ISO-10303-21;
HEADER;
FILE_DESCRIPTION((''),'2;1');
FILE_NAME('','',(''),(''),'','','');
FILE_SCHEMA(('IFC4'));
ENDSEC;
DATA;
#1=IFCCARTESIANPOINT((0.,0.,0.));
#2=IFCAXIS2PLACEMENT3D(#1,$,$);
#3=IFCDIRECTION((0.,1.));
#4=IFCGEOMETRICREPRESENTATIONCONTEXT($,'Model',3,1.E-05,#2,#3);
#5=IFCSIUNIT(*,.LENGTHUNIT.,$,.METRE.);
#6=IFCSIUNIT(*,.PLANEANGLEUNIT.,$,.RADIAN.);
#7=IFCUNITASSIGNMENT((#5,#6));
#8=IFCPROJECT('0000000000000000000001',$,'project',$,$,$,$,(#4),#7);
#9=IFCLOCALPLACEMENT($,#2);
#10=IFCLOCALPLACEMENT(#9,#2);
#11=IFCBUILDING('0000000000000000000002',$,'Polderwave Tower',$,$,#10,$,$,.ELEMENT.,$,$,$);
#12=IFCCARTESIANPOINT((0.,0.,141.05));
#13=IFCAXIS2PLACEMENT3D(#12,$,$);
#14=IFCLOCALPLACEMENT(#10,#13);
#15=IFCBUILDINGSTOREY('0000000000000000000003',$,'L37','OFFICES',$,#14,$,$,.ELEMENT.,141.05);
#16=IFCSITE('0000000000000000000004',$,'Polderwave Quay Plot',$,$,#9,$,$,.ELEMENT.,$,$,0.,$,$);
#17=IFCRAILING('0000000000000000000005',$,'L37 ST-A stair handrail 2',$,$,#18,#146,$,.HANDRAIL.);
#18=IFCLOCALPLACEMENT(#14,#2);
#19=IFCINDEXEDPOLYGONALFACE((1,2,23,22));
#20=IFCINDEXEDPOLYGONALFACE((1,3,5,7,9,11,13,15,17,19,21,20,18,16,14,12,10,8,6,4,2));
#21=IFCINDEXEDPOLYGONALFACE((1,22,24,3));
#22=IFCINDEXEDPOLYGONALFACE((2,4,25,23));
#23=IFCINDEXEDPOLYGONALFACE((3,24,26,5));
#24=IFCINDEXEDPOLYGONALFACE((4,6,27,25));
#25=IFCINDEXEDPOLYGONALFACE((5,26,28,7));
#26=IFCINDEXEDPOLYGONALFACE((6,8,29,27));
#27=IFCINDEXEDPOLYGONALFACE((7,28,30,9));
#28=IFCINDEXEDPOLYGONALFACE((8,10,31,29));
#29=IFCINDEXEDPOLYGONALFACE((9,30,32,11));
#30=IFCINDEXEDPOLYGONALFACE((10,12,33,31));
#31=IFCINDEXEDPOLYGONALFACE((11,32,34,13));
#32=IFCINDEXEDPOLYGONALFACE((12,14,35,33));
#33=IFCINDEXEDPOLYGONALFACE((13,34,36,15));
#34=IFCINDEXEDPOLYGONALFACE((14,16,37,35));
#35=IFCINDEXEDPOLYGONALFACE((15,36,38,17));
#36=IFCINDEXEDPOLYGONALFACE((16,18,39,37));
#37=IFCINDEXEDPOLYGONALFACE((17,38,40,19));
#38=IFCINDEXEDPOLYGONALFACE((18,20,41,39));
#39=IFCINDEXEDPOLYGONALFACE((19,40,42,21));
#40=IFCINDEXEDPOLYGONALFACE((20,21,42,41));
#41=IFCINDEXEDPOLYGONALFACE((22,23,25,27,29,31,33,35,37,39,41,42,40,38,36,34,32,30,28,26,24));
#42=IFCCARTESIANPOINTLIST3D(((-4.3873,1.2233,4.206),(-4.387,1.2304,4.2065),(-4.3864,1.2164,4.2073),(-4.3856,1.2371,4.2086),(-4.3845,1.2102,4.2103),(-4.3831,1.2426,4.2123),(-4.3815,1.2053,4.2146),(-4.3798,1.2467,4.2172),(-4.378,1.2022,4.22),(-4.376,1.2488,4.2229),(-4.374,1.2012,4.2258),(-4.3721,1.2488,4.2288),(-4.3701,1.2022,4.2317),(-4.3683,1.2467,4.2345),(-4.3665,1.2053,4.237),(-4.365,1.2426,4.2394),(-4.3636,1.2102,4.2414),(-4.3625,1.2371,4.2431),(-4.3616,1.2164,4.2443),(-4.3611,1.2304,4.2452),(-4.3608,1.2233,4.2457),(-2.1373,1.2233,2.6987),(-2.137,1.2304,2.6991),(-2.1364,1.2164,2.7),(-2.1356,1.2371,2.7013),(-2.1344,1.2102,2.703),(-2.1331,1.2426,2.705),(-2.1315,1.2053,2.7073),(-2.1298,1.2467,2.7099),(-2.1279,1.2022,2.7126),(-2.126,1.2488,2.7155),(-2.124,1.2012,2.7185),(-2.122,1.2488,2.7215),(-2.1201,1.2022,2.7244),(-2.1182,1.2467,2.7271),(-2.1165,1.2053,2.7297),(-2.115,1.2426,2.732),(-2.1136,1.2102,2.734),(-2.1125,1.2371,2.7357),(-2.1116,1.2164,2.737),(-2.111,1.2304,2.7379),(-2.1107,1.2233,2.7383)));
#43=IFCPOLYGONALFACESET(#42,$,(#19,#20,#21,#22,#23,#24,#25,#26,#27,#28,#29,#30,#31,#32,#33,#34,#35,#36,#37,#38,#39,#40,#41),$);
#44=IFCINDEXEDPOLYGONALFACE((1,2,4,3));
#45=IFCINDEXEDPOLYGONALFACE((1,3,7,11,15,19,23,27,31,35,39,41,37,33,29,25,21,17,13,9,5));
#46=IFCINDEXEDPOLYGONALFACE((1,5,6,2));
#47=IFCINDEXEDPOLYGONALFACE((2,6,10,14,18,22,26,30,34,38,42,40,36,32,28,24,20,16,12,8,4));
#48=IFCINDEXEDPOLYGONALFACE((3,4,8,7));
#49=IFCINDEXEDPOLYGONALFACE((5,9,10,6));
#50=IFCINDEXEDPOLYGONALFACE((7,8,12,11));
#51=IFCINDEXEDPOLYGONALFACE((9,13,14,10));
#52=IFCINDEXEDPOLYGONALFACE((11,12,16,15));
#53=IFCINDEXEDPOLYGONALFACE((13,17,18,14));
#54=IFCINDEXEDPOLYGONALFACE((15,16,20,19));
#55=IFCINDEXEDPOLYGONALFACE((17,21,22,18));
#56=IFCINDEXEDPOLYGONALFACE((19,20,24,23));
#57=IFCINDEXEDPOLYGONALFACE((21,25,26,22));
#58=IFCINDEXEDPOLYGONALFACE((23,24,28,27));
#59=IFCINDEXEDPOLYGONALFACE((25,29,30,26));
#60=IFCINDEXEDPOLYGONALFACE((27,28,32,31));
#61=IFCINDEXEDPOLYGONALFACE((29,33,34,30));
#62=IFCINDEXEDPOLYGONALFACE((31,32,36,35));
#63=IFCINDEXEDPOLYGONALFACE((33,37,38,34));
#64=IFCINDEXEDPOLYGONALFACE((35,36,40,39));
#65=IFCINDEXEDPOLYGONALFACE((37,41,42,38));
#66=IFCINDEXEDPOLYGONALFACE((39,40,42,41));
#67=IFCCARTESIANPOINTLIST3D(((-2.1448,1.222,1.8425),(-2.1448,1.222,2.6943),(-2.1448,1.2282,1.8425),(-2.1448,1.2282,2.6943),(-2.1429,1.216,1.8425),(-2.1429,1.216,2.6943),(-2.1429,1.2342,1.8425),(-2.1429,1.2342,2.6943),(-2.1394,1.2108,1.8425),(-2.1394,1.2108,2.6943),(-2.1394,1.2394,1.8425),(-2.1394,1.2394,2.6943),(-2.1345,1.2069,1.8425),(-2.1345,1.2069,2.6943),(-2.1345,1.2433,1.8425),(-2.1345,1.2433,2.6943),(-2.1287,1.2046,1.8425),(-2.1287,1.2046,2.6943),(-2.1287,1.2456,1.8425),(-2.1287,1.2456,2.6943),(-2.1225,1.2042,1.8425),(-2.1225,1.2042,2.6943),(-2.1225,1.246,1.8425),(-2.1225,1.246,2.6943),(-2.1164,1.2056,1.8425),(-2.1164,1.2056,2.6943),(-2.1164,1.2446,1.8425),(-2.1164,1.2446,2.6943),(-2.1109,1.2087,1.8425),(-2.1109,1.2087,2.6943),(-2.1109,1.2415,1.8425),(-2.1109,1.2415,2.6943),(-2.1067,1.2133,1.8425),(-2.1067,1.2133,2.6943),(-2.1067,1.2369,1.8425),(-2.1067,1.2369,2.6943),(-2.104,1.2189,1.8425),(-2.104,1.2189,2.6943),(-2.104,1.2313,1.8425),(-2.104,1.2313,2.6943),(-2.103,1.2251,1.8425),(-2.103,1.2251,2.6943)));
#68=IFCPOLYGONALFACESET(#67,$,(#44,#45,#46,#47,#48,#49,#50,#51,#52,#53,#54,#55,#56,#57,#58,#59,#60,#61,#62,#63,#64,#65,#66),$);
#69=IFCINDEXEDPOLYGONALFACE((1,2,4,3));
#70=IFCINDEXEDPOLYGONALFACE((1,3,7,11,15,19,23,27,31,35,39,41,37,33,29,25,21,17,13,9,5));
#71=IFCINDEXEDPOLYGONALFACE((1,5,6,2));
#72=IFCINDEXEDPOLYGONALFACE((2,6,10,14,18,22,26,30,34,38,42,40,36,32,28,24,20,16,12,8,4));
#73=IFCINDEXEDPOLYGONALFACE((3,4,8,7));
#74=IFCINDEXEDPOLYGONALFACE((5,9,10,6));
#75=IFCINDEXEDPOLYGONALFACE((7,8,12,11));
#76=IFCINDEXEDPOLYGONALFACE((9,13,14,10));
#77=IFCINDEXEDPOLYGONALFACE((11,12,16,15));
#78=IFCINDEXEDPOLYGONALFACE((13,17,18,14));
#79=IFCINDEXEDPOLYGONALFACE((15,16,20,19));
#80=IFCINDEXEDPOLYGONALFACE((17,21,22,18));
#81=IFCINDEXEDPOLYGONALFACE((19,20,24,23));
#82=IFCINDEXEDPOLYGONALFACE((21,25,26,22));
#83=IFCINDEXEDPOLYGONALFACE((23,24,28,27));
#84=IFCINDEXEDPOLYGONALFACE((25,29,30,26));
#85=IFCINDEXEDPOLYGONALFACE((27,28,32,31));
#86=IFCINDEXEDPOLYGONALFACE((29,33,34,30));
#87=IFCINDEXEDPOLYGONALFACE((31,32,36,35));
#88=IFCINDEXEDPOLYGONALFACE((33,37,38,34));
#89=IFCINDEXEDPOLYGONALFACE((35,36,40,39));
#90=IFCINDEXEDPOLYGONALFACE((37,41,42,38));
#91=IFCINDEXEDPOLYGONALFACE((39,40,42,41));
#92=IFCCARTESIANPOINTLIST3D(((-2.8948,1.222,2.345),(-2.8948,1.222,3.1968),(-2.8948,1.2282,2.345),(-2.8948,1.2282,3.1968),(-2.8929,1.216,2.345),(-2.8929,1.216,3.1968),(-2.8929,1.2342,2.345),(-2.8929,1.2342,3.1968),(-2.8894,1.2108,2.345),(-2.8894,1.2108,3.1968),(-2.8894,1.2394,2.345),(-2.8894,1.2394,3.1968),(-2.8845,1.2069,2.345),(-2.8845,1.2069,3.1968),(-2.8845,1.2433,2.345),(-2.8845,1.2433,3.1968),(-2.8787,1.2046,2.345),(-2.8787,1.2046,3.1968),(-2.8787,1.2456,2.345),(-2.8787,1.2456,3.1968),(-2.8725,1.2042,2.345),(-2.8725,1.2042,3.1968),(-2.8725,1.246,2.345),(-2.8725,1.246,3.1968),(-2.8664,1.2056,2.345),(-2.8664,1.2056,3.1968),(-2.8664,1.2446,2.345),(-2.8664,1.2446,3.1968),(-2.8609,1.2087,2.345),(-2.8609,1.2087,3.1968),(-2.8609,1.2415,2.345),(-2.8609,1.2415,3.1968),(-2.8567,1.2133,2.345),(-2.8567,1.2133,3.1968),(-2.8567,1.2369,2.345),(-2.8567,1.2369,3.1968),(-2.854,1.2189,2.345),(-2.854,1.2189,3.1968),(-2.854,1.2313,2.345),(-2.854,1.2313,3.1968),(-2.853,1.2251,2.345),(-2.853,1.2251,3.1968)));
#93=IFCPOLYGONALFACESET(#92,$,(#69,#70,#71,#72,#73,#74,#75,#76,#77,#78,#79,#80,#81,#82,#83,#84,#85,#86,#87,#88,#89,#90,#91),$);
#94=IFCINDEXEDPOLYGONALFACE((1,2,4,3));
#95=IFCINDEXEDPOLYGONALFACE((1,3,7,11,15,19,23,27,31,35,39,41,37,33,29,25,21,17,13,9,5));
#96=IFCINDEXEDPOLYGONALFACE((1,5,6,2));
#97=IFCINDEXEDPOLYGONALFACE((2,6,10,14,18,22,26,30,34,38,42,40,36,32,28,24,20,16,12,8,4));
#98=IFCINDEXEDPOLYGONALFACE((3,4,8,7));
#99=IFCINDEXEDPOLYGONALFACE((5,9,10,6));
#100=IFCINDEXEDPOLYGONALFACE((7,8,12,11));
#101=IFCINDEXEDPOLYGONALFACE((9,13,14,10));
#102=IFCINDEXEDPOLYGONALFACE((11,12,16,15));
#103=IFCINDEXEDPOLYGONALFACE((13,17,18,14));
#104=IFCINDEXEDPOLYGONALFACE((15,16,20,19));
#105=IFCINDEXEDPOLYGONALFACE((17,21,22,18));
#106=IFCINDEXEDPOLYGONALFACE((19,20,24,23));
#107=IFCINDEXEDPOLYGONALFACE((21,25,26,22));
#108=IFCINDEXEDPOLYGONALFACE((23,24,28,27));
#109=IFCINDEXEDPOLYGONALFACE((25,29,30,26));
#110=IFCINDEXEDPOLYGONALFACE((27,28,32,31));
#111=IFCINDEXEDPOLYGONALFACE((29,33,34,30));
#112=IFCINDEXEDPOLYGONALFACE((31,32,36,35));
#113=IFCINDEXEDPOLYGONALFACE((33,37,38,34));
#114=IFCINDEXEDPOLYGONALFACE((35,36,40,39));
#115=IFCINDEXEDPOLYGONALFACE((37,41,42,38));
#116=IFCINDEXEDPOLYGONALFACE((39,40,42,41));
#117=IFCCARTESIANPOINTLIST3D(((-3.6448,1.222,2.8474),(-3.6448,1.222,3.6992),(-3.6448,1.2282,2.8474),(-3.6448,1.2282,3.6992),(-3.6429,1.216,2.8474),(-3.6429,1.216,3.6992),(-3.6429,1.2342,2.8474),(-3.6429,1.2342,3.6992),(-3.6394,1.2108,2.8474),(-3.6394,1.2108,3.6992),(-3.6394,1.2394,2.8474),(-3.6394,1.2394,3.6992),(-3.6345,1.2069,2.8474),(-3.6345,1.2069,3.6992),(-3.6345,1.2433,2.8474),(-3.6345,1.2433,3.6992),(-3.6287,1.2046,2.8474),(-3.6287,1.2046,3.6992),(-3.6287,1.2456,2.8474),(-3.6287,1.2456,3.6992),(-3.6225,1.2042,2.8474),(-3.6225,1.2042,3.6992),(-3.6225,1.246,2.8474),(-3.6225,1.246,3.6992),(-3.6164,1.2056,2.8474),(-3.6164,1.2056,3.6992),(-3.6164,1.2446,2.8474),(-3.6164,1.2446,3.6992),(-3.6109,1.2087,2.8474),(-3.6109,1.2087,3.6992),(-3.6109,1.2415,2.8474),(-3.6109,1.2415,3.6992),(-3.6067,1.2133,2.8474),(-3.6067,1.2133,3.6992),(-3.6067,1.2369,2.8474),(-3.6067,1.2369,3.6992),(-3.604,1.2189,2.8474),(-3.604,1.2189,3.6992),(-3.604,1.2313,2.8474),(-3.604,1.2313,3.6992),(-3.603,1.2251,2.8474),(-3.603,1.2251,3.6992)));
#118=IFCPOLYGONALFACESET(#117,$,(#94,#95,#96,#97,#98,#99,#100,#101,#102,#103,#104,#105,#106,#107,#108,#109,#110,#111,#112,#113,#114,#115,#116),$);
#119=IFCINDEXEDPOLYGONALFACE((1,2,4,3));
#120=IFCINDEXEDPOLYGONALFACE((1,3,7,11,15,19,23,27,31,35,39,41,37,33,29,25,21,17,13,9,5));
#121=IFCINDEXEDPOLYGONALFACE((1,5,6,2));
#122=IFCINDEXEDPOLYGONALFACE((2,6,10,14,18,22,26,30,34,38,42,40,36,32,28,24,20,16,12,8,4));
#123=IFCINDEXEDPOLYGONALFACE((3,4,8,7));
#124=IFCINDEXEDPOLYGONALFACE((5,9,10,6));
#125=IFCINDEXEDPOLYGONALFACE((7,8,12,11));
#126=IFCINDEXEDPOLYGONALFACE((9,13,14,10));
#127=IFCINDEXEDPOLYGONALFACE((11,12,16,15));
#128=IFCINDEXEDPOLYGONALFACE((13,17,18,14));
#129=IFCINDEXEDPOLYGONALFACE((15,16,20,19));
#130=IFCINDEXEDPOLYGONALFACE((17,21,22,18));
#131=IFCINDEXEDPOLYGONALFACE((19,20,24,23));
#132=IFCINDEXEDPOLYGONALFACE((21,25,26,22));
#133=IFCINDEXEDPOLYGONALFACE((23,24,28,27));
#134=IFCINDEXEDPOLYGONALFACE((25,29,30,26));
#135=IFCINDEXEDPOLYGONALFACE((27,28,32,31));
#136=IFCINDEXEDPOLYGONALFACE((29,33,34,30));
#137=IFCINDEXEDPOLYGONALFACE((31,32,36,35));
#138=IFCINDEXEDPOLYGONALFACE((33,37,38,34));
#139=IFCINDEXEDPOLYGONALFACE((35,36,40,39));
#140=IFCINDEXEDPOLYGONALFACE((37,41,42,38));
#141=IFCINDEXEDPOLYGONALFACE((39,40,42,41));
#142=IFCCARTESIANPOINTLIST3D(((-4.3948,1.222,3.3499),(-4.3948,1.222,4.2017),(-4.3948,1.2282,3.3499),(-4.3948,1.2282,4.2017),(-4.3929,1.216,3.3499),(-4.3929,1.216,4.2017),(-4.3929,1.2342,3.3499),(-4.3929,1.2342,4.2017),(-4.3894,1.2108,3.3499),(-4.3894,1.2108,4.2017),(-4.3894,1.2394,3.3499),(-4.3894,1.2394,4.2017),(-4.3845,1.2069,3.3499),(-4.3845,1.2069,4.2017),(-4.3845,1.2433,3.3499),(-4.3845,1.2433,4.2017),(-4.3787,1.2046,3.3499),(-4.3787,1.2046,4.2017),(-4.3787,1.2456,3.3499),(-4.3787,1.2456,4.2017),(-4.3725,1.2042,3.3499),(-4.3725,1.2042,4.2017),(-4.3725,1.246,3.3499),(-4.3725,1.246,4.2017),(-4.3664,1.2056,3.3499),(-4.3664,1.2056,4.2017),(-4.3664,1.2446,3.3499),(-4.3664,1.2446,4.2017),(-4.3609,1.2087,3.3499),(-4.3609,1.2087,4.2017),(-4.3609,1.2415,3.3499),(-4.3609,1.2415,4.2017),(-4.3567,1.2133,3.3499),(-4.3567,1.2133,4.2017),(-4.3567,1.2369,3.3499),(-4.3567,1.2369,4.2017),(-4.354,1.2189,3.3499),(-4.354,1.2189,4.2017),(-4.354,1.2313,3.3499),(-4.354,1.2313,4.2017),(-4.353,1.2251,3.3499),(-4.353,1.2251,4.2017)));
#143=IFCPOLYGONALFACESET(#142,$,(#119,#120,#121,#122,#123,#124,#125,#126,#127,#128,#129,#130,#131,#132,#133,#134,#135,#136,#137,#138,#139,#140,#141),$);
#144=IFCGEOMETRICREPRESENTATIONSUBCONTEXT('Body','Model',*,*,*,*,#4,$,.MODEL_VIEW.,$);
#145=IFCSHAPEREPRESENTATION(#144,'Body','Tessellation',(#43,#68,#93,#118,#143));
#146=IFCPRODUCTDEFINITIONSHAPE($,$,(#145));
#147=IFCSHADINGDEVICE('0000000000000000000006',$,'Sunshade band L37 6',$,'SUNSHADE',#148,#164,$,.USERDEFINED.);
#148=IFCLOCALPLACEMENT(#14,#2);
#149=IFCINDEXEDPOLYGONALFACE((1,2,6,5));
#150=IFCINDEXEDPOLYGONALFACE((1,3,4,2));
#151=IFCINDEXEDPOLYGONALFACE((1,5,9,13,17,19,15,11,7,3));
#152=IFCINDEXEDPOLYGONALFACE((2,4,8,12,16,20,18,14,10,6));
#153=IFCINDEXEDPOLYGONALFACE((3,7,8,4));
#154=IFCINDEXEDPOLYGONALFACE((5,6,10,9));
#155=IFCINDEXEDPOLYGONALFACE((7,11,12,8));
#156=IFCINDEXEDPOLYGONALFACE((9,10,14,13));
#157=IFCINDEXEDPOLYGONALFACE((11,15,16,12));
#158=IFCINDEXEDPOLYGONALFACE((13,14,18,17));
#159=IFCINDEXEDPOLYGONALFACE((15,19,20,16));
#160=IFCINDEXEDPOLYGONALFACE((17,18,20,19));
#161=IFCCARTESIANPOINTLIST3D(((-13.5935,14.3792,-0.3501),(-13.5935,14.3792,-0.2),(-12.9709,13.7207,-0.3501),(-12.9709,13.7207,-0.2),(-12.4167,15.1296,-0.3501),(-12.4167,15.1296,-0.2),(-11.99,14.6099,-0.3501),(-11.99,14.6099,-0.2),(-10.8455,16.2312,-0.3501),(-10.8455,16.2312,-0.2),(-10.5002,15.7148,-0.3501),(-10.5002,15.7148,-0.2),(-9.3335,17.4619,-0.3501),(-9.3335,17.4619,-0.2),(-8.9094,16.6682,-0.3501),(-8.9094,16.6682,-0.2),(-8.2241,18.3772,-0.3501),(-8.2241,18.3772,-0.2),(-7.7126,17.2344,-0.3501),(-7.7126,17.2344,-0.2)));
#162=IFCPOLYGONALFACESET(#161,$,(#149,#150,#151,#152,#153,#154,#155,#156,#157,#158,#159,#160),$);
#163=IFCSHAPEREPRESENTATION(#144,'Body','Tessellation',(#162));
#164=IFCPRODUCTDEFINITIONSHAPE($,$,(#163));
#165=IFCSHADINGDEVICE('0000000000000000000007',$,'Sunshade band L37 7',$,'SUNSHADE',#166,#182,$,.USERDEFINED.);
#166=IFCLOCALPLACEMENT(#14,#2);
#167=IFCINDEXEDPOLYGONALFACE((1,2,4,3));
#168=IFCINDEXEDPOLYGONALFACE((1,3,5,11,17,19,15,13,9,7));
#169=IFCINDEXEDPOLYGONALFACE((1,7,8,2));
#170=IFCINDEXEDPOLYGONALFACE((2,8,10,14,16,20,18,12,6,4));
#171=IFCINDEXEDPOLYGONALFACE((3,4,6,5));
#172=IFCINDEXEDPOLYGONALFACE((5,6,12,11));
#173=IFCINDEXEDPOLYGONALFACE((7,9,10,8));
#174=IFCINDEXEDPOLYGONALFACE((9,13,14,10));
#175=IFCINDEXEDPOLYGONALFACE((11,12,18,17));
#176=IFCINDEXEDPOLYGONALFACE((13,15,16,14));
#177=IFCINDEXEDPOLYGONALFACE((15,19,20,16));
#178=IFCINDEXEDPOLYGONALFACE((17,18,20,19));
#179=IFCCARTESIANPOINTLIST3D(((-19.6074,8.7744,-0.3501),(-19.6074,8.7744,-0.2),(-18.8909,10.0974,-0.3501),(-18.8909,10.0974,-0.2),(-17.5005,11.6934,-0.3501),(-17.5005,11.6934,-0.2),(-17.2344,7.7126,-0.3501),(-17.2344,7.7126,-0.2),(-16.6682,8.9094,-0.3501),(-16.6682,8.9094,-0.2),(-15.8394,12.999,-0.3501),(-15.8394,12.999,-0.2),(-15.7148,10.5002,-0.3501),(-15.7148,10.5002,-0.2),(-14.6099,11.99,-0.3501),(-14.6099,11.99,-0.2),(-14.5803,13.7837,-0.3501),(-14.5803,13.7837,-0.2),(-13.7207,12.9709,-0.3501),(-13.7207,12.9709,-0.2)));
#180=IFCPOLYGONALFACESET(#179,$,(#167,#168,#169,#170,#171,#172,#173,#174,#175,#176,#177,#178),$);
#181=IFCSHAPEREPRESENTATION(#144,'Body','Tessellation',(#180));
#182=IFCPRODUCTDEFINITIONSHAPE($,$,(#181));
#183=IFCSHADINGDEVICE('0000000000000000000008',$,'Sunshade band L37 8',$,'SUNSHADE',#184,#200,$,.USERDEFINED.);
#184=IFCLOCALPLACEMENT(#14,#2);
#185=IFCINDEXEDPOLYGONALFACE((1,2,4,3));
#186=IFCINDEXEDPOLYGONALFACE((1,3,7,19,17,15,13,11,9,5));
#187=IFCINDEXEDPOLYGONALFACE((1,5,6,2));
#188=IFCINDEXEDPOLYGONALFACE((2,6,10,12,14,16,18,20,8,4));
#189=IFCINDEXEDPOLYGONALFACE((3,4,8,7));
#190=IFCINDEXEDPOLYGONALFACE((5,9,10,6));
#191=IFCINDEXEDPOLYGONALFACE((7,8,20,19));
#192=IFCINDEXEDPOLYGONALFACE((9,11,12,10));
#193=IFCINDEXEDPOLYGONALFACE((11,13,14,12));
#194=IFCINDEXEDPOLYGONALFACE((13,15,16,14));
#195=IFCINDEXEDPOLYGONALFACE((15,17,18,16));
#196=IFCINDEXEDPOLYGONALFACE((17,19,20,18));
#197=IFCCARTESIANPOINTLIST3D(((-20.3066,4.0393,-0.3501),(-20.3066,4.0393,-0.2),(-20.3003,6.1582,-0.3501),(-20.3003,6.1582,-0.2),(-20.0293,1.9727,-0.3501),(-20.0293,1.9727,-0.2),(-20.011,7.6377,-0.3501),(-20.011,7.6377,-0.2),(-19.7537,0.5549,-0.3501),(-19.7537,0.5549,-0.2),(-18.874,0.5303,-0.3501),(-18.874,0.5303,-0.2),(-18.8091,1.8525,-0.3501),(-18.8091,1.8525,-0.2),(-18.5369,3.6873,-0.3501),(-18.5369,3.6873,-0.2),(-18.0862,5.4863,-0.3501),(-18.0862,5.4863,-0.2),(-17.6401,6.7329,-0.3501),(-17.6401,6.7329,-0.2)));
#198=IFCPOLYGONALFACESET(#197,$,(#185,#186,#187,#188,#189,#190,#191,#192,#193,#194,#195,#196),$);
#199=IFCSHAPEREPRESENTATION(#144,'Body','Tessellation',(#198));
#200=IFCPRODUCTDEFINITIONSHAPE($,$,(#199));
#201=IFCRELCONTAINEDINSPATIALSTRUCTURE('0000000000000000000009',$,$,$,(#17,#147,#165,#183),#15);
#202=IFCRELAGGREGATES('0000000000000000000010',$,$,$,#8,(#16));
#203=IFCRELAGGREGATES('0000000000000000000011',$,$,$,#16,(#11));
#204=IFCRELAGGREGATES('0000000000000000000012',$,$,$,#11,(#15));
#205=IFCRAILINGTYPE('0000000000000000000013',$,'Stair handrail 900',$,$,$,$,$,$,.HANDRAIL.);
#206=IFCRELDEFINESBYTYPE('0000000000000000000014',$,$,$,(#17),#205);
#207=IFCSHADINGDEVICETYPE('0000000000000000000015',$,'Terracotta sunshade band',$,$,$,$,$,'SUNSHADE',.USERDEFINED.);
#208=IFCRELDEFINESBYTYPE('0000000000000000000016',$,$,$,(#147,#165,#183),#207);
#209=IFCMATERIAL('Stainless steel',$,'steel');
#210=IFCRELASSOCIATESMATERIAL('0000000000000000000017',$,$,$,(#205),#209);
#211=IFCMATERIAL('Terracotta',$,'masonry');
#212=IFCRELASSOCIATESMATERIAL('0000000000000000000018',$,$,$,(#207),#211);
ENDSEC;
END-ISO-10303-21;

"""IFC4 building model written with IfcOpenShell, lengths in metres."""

from ifc_helpers import new_model, si_unit, direction, frame, origin, origin_2d, place, context, subcontext, project, spatial, polyline, circle, outline, extrude, material, type_object, element, save


model = new_model("IFC4")

# Units and contexts
model_context = context("Model", 3, precision=1e-05, world=origin(), true_north=direction((0.0, 1.0)))
body_context = subcontext(model_context, "Body", "Model", "MODEL_VIEW")
ifc_project = project(units=[si_unit("LENGTHUNIT", "METRE"), si_unit("PLANEANGLEUNIT", "RADIAN")], contexts=[model_context])

# Site, building, storey
site_placement = place(None, origin())
site = spatial("IfcSite", under=ifc_project, at=site_placement, Name="Polderwave Quay Plot", CompositionType="ELEMENT", RefElevation=0.0)
building_placement = place(site_placement, origin())
building = spatial("IfcBuilding", under=site, at=building_placement, Name="Polderwave Tower", CompositionType="ELEMENT")
storey_placement = place(building_placement, frame((0.0, 0.0, 141.05)))
storey = spatial("IfcBuildingStorey", under=building, at=storey_placement, Name="L37", Description="OFFICES", CompositionType="ELEMENT", Elevation=141.05)

# Shared definitions
ifc_material_1 = material(Name="Stainless steel", Category="steel")

# Railing
railing_type_1 = type_object("IfcRailingType", Name="Stair handrail 900", PredefinedType="HANDRAIL", material=ifc_material_1)
railing_1_placement = place(storey_placement, frame((-2.124, 1.2251, 1.8425)))
element("IfcRailing", 1, at=railing_1_placement, inside=storey, type_object=railing_type_1, Name="L37 ST-A stair handrail 2", PredefinedType="HANDRAIL", context=body_context, shape_type="SweptSolid", body=[
    extrude(circle(Radius=0.0239, at=origin_2d()), frame((0.0, 0.0, 0.876), z_axis=(-0.8308, 0.0, 0.556571), x_axis=(0.0, -1.0, 0.0)), (0.0, 0.0, 1.0), 2.7083),
    extrude(circle(Radius=0.021, at=origin_2d()), origin(), (0.0, 0.0, 1.0), 0.8518),
    extrude(circle(Radius=0.021, at=origin_2d()), frame((-0.75, 0.0, 0.5024)), (0.0, 0.0, 1.0), 0.8518),
    extrude(circle(Radius=0.021, at=origin_2d()), frame((-1.5, 0.0, 1.0049)), (0.0, 0.0, 1.0), 0.8518),
    extrude(circle(Radius=0.021, at=origin_2d()), frame((-2.25, 0.0, 1.5073)), (0.0, 0.0, 1.0), 0.8518),
])

# Shading devices
ifc_material_2 = material(Name="Terracotta", Category="masonry")
shading_device_type = type_object("IfcShadingDeviceType", Name="Terracotta sunshade band", ElementType="SUNSHADE", PredefinedType="USERDEFINED", material=ifc_material_2)
shading_device_1_placement = place(storey_placement, frame((0.0, 0.0, -0.3501)))
element("IfcShadingDevice", 2, at=shading_device_1_placement, inside=storey, type_object=shading_device_type, Name="Sunshade band L37 6", ObjectType="SUNSHADE", PredefinedType="USERDEFINED", context=body_context, shape_type="SweptSolid", body=[
    extrude(outline(polyline([(-7.7126, 17.2344), (-8.9094, 16.6682), (-10.5002, 15.7148), (-11.99, 14.6099), (-12.9709, 13.7207), (-13.5935, 14.3792), (-12.4167, 15.1296), (-10.8455, 16.2312), (-9.3335, 17.4619), (-8.2241, 18.3772), (-7.7126, 17.2344)])), origin(), (0.0, 0.0, 1.0), 0.1501),
])
shading_device_2_placement = place(storey_placement, frame((0.0, 0.0, -0.3501)))
element("IfcShadingDevice", 3, at=shading_device_2_placement, inside=storey, type_object=shading_device_type, Name="Sunshade band L37 7", ObjectType="SUNSHADE", PredefinedType="USERDEFINED", context=body_context, shape_type="SweptSolid", body=[
    extrude(outline(polyline([(-13.7207, 12.9709), (-14.6099, 11.99), (-15.7148, 10.5002), (-16.6682, 8.9094), (-17.2344, 7.7126), (-19.6074, 8.7744), (-18.8909, 10.0974), (-17.5005, 11.6934), (-15.8394, 12.999), (-14.5803, 13.7837), (-13.7207, 12.9709)])), origin(), (0.0, 0.0, 1.0), 0.1501),
])
shading_device_3_placement = place(storey_placement, frame((0.0, 0.0, -0.3501)))
element("IfcShadingDevice", 4, at=shading_device_3_placement, inside=storey, type_object=shading_device_type, Name="Sunshade band L37 8", ObjectType="SUNSHADE", PredefinedType="USERDEFINED", context=body_context, shape_type="SweptSolid", body=[
    extrude(outline(polyline([(-17.6401, 6.7329), (-18.0862, 5.4863), (-18.5369, 3.6873), (-18.8091, 1.8525), (-18.874, 0.5303), (-19.7537, 0.5549), (-20.0293, 1.9727), (-20.3066, 4.0393), (-20.3003, 6.1582), (-20.011, 7.6377), (-17.6401, 6.7329)])), origin(), (0.0, 0.0, 1.0), 0.1501),
])

save(model, "model.ifc")
